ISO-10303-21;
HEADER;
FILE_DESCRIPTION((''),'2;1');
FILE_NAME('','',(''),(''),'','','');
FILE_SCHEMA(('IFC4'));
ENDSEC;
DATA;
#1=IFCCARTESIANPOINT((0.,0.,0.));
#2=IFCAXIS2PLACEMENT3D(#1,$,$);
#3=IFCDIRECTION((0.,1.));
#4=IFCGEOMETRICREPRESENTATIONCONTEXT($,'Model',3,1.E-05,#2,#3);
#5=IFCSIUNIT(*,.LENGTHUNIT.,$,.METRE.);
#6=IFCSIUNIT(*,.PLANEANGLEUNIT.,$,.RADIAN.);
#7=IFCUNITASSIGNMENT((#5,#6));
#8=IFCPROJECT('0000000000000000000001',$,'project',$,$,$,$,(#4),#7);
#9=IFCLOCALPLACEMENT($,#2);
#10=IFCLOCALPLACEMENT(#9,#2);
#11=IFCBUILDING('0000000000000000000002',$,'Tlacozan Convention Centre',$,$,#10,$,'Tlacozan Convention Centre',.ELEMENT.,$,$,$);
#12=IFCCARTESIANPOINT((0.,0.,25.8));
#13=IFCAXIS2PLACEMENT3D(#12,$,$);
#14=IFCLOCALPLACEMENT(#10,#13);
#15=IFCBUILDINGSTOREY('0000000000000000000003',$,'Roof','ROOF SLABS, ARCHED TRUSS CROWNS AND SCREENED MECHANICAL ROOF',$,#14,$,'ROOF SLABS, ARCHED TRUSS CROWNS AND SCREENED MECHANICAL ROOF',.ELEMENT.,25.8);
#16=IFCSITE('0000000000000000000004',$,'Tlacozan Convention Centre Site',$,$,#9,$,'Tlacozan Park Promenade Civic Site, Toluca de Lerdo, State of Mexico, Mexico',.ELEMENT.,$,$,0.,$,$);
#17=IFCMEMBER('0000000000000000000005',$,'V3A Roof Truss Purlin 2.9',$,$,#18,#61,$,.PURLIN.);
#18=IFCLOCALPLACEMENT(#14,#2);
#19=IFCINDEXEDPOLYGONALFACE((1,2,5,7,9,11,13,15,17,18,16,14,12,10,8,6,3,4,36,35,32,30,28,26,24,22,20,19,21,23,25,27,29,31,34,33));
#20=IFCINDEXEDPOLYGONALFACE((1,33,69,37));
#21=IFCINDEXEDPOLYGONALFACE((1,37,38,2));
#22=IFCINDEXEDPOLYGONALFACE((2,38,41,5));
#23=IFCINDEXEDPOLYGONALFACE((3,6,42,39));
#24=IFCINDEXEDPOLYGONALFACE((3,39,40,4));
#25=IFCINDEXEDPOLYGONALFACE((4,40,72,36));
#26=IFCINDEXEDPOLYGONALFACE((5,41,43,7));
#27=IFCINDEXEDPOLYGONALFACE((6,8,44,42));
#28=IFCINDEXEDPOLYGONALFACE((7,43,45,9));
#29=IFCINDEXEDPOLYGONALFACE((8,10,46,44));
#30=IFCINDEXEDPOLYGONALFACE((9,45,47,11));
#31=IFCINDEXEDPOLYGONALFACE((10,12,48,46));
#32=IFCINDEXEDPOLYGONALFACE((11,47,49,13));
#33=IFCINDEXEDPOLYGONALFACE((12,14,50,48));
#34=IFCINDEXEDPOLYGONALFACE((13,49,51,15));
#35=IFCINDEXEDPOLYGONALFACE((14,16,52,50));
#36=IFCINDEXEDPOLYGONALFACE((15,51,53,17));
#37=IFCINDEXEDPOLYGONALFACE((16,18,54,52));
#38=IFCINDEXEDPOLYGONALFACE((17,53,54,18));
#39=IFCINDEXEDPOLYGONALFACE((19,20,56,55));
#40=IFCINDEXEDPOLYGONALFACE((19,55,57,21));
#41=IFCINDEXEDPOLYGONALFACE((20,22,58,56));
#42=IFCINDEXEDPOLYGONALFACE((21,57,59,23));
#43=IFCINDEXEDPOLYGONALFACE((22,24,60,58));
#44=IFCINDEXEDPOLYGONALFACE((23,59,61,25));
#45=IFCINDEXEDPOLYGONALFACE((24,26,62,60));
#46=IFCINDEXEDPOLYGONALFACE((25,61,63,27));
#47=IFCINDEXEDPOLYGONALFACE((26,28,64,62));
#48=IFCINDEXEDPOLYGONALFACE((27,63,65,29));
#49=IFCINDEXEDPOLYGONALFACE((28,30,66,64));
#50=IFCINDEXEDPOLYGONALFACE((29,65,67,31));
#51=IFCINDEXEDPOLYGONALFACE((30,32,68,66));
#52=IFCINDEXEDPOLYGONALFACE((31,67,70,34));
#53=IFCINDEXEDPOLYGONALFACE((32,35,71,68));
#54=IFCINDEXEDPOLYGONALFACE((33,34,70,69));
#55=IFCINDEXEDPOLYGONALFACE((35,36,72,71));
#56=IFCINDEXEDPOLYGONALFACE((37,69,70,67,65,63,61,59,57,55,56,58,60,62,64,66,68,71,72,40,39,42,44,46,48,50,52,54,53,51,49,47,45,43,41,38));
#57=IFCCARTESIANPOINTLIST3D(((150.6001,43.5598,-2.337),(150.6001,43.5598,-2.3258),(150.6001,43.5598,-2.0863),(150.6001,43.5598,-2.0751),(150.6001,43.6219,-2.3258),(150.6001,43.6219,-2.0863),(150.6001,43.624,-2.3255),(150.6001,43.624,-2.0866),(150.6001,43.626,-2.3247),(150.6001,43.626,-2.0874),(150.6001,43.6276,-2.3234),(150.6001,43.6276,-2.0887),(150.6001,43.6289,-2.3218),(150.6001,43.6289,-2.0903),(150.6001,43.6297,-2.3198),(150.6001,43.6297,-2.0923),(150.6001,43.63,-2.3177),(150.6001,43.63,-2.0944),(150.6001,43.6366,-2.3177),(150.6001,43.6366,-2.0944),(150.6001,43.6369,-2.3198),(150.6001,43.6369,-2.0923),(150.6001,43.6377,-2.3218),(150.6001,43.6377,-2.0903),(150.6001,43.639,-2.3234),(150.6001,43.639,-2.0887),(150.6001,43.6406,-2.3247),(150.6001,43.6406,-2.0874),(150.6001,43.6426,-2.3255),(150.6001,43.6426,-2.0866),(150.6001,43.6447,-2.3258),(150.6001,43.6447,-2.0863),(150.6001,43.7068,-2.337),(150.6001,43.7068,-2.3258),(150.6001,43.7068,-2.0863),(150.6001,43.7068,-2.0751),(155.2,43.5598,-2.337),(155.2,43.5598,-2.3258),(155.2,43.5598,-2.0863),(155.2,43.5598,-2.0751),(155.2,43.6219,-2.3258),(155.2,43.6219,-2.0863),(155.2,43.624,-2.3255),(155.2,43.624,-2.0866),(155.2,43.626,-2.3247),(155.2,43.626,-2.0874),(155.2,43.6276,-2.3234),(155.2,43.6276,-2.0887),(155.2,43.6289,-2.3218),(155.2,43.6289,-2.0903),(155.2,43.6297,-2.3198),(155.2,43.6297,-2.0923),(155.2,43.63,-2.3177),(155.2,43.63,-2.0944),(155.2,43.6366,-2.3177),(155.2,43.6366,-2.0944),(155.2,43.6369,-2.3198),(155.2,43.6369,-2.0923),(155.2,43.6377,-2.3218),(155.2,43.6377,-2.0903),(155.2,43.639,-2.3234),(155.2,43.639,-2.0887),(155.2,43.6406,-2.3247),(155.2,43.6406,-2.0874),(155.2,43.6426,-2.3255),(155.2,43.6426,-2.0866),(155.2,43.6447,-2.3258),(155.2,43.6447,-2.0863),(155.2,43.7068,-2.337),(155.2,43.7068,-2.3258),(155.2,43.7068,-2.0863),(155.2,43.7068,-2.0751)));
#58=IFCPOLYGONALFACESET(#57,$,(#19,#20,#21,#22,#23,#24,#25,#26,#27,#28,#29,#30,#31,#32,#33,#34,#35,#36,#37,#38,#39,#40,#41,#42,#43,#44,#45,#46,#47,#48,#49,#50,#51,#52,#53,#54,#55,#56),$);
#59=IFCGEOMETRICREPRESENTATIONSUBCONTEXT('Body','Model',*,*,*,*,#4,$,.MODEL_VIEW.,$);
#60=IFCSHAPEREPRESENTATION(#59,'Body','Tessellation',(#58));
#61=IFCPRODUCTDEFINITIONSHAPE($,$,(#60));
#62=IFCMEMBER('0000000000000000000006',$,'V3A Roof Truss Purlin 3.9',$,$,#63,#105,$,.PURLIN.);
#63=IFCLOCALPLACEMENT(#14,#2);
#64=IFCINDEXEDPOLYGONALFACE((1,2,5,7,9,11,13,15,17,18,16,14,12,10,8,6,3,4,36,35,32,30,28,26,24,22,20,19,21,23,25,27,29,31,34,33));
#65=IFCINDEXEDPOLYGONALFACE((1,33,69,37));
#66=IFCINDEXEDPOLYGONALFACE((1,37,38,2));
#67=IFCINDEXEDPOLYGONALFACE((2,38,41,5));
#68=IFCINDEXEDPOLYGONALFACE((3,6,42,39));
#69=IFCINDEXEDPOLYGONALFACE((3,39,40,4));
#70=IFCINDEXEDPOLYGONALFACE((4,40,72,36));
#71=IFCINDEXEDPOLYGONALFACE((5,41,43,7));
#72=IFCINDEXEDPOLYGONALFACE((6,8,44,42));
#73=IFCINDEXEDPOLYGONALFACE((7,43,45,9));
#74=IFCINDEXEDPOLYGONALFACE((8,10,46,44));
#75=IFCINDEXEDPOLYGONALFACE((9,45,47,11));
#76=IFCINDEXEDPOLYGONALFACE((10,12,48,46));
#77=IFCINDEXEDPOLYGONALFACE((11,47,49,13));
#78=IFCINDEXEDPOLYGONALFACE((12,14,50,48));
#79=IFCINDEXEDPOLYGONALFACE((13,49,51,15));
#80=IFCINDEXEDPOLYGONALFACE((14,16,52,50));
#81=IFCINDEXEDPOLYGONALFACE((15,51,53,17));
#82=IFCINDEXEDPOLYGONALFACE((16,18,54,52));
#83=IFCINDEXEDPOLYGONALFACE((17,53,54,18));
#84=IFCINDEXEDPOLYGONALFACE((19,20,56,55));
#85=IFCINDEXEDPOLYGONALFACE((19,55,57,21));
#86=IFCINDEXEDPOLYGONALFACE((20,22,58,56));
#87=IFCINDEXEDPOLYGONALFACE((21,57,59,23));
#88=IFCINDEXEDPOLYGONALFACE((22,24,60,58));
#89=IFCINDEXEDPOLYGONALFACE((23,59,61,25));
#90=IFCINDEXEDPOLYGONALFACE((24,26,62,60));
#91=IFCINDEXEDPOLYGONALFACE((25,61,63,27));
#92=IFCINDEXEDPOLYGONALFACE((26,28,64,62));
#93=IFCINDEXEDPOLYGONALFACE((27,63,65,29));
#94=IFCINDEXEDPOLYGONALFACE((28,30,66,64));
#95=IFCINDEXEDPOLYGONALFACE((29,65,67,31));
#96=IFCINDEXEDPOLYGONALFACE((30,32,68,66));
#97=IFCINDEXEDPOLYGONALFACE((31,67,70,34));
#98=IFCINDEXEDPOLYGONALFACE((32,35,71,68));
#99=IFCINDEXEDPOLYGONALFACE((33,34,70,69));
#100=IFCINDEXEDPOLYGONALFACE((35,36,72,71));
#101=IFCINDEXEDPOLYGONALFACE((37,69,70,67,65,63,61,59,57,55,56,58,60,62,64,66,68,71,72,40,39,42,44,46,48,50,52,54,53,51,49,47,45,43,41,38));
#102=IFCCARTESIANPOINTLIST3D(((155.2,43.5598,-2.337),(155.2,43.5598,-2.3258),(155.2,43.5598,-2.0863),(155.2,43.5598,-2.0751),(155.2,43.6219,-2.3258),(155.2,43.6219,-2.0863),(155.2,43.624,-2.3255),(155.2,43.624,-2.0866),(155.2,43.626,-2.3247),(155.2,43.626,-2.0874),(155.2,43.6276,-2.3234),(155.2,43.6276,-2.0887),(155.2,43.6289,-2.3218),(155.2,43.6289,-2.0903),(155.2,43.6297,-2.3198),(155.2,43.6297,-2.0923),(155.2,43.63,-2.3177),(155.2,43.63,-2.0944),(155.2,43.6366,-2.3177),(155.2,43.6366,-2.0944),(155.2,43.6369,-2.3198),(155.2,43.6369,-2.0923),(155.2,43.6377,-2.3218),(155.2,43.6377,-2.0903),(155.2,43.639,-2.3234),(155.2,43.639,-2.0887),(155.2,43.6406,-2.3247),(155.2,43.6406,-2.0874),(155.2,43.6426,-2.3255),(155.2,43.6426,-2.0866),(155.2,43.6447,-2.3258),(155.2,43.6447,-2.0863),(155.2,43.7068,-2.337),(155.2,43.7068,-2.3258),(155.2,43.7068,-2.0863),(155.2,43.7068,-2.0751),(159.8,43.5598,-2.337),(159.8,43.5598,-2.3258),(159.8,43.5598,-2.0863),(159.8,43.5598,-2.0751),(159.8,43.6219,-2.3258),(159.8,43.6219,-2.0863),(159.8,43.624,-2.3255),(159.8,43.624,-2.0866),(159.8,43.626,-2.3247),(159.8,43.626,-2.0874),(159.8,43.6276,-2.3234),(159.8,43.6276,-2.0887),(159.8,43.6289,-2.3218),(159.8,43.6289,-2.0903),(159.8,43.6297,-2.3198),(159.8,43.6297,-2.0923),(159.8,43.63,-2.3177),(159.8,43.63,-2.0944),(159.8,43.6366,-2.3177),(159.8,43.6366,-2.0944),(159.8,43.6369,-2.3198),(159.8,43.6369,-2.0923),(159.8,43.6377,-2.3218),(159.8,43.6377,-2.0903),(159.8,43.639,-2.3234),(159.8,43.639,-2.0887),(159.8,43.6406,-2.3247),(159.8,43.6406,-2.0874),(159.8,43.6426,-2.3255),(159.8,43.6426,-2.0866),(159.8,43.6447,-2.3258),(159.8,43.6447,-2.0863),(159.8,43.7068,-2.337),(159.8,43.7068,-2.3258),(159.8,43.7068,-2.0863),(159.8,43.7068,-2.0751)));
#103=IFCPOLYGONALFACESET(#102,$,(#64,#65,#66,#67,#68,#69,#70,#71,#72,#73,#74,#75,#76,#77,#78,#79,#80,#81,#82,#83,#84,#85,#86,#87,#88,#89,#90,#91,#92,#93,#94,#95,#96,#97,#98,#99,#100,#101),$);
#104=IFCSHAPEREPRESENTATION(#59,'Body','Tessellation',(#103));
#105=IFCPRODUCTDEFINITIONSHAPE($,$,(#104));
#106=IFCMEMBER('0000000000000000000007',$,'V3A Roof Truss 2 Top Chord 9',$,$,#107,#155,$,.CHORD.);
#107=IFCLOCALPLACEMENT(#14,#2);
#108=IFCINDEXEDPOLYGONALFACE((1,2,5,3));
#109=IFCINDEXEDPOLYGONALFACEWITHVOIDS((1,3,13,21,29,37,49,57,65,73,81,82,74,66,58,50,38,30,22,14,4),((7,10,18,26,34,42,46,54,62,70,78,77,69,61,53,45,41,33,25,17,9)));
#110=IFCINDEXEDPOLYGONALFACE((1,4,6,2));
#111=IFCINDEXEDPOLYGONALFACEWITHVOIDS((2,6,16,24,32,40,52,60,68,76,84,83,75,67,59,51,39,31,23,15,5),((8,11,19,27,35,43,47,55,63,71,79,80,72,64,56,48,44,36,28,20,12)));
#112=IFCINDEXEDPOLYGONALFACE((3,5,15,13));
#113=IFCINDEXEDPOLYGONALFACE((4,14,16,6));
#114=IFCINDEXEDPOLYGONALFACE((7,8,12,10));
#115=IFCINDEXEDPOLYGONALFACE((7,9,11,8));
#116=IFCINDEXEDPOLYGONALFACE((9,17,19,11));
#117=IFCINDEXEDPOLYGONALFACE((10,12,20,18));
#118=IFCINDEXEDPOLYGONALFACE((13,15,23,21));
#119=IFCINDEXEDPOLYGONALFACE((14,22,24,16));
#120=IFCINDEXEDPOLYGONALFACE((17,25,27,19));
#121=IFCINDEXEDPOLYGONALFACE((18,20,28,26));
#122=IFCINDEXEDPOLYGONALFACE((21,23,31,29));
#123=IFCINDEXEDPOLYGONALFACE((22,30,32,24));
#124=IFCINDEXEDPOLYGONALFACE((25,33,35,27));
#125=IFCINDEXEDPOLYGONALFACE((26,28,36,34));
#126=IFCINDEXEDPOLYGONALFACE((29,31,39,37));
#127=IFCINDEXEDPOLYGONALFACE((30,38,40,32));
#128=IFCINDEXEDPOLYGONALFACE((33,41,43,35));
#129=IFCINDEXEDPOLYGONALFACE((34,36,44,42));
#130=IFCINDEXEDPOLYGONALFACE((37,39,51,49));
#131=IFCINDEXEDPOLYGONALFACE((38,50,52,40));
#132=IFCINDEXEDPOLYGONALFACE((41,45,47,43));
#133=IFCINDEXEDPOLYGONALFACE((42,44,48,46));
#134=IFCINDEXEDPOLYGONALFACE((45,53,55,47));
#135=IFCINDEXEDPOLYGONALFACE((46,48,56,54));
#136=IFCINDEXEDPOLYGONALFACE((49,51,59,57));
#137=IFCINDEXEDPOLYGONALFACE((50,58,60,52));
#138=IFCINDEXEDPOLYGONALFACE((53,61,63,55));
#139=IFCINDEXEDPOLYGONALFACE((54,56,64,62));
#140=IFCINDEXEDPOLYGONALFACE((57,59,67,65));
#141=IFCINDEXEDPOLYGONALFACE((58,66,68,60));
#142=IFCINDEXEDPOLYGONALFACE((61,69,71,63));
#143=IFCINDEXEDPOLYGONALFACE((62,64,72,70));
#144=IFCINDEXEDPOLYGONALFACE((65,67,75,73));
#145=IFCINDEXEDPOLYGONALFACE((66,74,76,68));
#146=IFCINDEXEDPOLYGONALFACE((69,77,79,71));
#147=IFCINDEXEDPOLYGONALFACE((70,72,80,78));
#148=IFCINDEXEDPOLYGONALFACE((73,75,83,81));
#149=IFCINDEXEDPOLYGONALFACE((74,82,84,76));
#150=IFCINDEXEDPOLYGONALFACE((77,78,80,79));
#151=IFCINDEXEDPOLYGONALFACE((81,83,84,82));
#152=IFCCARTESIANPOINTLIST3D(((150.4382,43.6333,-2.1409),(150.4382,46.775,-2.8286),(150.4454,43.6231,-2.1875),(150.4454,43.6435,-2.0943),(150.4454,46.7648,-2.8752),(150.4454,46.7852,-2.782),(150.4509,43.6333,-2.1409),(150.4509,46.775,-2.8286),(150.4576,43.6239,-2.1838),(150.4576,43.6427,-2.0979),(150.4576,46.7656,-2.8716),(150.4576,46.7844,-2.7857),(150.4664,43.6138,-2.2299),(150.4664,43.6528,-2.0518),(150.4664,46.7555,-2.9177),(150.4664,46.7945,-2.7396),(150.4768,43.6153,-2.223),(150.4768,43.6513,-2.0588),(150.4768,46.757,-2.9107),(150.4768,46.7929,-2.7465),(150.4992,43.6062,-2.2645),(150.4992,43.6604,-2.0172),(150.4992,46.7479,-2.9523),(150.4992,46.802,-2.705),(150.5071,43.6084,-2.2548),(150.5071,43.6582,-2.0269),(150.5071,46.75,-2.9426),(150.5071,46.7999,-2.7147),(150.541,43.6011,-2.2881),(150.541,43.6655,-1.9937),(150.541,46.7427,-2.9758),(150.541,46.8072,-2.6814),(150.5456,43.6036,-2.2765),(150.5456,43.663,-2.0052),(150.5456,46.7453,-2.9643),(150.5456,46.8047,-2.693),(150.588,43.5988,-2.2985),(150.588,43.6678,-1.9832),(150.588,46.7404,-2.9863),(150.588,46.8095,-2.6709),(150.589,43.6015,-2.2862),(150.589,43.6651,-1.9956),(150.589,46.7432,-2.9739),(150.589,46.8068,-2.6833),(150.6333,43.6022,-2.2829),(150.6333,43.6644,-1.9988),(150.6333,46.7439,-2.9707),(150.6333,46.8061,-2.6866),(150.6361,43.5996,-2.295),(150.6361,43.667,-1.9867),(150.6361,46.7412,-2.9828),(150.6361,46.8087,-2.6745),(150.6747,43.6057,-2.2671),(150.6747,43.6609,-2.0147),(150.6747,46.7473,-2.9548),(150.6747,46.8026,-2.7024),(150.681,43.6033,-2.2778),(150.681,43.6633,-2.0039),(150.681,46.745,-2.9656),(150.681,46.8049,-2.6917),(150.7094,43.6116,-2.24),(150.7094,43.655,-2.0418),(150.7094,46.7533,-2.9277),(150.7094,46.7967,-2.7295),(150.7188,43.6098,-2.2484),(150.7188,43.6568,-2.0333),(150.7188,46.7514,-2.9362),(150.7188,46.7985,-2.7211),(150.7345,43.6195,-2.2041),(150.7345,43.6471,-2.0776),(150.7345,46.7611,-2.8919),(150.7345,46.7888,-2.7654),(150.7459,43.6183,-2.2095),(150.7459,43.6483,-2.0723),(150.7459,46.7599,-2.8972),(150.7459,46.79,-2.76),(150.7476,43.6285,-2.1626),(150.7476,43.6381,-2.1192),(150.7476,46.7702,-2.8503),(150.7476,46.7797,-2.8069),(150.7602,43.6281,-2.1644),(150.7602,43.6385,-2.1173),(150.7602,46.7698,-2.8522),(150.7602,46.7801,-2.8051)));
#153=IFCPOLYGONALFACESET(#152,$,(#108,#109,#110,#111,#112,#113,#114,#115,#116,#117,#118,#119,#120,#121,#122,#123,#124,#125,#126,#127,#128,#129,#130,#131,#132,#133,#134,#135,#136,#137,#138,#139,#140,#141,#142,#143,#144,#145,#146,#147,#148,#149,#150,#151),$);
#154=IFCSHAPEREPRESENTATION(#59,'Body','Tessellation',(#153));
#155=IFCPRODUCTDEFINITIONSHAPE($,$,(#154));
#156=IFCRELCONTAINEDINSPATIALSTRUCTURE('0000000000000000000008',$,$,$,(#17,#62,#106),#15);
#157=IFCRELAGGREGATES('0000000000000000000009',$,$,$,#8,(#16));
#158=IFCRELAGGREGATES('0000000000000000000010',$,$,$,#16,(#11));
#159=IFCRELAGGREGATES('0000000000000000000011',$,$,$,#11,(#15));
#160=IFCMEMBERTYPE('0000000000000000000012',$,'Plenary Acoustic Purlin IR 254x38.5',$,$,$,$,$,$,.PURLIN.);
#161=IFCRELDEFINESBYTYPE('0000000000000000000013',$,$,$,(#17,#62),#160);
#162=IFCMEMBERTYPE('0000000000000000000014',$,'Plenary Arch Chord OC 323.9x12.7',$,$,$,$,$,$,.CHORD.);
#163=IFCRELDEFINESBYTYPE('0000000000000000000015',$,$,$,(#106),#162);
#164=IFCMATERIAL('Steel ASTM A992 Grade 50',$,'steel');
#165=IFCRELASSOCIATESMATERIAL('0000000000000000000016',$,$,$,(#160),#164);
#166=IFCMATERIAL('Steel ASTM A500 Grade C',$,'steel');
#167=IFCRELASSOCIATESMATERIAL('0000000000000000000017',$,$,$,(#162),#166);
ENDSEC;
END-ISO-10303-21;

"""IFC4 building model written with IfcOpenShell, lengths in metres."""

from ifc_helpers import new_model, si_unit, direction, frame, origin, origin_2d, place, context, subcontext, project, spatial, hollow_circle, i_section, extrude, material, material_profile, profile_set, type_object, element, save


model = new_model("IFC4")

# Units and contexts
model_context = context("Model", 3, precision=1e-05, world=origin(), true_north=direction((0.0, 1.0)))
body_context = subcontext(model_context, "Body", "Model", "MODEL_VIEW")
ifc_project = project(units=[si_unit("LENGTHUNIT", "METRE"), si_unit("PLANEANGLEUNIT", "RADIAN")], contexts=[model_context])

# Site, building, storey
site_placement = place(None, origin())
site = spatial("IfcSite", under=ifc_project, at=site_placement, Name="Tlacozan Convention Centre Site", LongName="Tlacozan Park Promenade Civic Site, Toluca de Lerdo, State of Mexico, Mexico", CompositionType="ELEMENT", RefElevation=0.0)
building_placement = place(site_placement, origin())
building = spatial("IfcBuilding", under=site, at=building_placement, Name="Tlacozan Convention Centre", LongName="Tlacozan Convention Centre", CompositionType="ELEMENT")
storey_placement = place(building_placement, frame((0.0, 0.0, 25.8)))
storey = spatial("IfcBuildingStorey", under=building, at=storey_placement, Name="Roof", Description="ROOF SLABS, ARCHED TRUSS CROWNS AND SCREENED MECHANICAL ROOF", LongName="ROOF SLABS, ARCHED TRUSS CROWNS AND SCREENED MECHANICAL ROOF", CompositionType="ELEMENT", Elevation=25.8)

# Members
ifc_material_1 = material(Name="Steel ASTM A992 Grade 50", Category="steel")
ifc_material_profile_1 = material_profile(ifc_material_1, i_section(OverallWidth=0.147, OverallDepth=0.262, WebThickness=0.0066, FlangeThickness=0.0112, FilletRadius=0.0081, at=origin_2d()), Name="IR 254x38.5")
ifc_profile_set_1 = profile_set([ifc_material_profile_1], Name="Steel ASTM A992 Grade 50")
member_type_1 = type_object("IfcMemberType", Name="Plenary Acoustic Purlin IR 254x38.5", PredefinedType="PURLIN", material=ifc_profile_set_1)
member_1_placement = place(storey_placement, frame((150.6001, 43.6333, -2.2061), z_axis=(1.0, 0.0, 0.0), x_axis=(0.0, 1.0, 0.0)))
element("IfcMember", 1, at=member_1_placement, inside=storey, type_object=member_type_1, Name="V3A Roof Truss Purlin 2.9", PredefinedType="PURLIN", context=body_context, shape_type="SweptSolid", body=[
    extrude(i_section(OverallWidth=0.147, OverallDepth=0.262, WebThickness=0.0066, FlangeThickness=0.0112, FilletRadius=0.0081, at=origin_2d()), origin(), (0.0, 0.0, 1.0), 4.5999),
])
member_2_placement = place(storey_placement, frame((155.2, 43.6333, -2.2061), z_axis=(1.0, 0.0, 0.0), x_axis=(0.0, 1.0, 0.0)))
element("IfcMember", 2, at=member_2_placement, inside=storey, type_object=member_type_1, Name="V3A Roof Truss Purlin 3.9", PredefinedType="PURLIN", context=body_context, shape_type="SweptSolid", body=[
    extrude(i_section(OverallWidth=0.147, OverallDepth=0.262, WebThickness=0.0066, FlangeThickness=0.0112, FilletRadius=0.0081, at=origin_2d()), origin(), (0.0, 0.0, 1.0), 4.6001),
])
ifc_material_2 = material(Name="Steel ASTM A500 Grade C", Category="steel")
ifc_material_profile_2 = material_profile(ifc_material_2, hollow_circle(Radius=0.1619, WallThickness=0.0127, at=origin_2d()), Name="OC 323.9x12.7")
ifc_profile_set_2 = profile_set([ifc_material_profile_2], Name="Steel ASTM A500 Grade C")
member_type_2 = type_object("IfcMemberType", Name="Plenary Arch Chord OC 323.9x12.7", PredefinedType="CHORD", material=ifc_profile_set_2)
for number, where, z_axis, x_axis, name in (
    (3, (150.6001, 43.6333, -2.1409), (0.0, 0.976866, -0.213851), (-1.0, 0.0, 0.0), "V3A Roof Truss 2 Top Chord 9"),
):
    element("IfcMember", number, at=place(storey_placement, frame(where, z_axis=z_axis, x_axis=x_axis)), inside=storey, type_object=member_type_2, Name=name, PredefinedType="CHORD", context=body_context, shape_type="SweptSolid", body=[
        extrude(hollow_circle(Radius=0.1619, WallThickness=0.0127, at=origin_2d()), origin(), (0.0, 0.0, 1.0), 3.2161),
    ])

save(model, "model.ifc")
